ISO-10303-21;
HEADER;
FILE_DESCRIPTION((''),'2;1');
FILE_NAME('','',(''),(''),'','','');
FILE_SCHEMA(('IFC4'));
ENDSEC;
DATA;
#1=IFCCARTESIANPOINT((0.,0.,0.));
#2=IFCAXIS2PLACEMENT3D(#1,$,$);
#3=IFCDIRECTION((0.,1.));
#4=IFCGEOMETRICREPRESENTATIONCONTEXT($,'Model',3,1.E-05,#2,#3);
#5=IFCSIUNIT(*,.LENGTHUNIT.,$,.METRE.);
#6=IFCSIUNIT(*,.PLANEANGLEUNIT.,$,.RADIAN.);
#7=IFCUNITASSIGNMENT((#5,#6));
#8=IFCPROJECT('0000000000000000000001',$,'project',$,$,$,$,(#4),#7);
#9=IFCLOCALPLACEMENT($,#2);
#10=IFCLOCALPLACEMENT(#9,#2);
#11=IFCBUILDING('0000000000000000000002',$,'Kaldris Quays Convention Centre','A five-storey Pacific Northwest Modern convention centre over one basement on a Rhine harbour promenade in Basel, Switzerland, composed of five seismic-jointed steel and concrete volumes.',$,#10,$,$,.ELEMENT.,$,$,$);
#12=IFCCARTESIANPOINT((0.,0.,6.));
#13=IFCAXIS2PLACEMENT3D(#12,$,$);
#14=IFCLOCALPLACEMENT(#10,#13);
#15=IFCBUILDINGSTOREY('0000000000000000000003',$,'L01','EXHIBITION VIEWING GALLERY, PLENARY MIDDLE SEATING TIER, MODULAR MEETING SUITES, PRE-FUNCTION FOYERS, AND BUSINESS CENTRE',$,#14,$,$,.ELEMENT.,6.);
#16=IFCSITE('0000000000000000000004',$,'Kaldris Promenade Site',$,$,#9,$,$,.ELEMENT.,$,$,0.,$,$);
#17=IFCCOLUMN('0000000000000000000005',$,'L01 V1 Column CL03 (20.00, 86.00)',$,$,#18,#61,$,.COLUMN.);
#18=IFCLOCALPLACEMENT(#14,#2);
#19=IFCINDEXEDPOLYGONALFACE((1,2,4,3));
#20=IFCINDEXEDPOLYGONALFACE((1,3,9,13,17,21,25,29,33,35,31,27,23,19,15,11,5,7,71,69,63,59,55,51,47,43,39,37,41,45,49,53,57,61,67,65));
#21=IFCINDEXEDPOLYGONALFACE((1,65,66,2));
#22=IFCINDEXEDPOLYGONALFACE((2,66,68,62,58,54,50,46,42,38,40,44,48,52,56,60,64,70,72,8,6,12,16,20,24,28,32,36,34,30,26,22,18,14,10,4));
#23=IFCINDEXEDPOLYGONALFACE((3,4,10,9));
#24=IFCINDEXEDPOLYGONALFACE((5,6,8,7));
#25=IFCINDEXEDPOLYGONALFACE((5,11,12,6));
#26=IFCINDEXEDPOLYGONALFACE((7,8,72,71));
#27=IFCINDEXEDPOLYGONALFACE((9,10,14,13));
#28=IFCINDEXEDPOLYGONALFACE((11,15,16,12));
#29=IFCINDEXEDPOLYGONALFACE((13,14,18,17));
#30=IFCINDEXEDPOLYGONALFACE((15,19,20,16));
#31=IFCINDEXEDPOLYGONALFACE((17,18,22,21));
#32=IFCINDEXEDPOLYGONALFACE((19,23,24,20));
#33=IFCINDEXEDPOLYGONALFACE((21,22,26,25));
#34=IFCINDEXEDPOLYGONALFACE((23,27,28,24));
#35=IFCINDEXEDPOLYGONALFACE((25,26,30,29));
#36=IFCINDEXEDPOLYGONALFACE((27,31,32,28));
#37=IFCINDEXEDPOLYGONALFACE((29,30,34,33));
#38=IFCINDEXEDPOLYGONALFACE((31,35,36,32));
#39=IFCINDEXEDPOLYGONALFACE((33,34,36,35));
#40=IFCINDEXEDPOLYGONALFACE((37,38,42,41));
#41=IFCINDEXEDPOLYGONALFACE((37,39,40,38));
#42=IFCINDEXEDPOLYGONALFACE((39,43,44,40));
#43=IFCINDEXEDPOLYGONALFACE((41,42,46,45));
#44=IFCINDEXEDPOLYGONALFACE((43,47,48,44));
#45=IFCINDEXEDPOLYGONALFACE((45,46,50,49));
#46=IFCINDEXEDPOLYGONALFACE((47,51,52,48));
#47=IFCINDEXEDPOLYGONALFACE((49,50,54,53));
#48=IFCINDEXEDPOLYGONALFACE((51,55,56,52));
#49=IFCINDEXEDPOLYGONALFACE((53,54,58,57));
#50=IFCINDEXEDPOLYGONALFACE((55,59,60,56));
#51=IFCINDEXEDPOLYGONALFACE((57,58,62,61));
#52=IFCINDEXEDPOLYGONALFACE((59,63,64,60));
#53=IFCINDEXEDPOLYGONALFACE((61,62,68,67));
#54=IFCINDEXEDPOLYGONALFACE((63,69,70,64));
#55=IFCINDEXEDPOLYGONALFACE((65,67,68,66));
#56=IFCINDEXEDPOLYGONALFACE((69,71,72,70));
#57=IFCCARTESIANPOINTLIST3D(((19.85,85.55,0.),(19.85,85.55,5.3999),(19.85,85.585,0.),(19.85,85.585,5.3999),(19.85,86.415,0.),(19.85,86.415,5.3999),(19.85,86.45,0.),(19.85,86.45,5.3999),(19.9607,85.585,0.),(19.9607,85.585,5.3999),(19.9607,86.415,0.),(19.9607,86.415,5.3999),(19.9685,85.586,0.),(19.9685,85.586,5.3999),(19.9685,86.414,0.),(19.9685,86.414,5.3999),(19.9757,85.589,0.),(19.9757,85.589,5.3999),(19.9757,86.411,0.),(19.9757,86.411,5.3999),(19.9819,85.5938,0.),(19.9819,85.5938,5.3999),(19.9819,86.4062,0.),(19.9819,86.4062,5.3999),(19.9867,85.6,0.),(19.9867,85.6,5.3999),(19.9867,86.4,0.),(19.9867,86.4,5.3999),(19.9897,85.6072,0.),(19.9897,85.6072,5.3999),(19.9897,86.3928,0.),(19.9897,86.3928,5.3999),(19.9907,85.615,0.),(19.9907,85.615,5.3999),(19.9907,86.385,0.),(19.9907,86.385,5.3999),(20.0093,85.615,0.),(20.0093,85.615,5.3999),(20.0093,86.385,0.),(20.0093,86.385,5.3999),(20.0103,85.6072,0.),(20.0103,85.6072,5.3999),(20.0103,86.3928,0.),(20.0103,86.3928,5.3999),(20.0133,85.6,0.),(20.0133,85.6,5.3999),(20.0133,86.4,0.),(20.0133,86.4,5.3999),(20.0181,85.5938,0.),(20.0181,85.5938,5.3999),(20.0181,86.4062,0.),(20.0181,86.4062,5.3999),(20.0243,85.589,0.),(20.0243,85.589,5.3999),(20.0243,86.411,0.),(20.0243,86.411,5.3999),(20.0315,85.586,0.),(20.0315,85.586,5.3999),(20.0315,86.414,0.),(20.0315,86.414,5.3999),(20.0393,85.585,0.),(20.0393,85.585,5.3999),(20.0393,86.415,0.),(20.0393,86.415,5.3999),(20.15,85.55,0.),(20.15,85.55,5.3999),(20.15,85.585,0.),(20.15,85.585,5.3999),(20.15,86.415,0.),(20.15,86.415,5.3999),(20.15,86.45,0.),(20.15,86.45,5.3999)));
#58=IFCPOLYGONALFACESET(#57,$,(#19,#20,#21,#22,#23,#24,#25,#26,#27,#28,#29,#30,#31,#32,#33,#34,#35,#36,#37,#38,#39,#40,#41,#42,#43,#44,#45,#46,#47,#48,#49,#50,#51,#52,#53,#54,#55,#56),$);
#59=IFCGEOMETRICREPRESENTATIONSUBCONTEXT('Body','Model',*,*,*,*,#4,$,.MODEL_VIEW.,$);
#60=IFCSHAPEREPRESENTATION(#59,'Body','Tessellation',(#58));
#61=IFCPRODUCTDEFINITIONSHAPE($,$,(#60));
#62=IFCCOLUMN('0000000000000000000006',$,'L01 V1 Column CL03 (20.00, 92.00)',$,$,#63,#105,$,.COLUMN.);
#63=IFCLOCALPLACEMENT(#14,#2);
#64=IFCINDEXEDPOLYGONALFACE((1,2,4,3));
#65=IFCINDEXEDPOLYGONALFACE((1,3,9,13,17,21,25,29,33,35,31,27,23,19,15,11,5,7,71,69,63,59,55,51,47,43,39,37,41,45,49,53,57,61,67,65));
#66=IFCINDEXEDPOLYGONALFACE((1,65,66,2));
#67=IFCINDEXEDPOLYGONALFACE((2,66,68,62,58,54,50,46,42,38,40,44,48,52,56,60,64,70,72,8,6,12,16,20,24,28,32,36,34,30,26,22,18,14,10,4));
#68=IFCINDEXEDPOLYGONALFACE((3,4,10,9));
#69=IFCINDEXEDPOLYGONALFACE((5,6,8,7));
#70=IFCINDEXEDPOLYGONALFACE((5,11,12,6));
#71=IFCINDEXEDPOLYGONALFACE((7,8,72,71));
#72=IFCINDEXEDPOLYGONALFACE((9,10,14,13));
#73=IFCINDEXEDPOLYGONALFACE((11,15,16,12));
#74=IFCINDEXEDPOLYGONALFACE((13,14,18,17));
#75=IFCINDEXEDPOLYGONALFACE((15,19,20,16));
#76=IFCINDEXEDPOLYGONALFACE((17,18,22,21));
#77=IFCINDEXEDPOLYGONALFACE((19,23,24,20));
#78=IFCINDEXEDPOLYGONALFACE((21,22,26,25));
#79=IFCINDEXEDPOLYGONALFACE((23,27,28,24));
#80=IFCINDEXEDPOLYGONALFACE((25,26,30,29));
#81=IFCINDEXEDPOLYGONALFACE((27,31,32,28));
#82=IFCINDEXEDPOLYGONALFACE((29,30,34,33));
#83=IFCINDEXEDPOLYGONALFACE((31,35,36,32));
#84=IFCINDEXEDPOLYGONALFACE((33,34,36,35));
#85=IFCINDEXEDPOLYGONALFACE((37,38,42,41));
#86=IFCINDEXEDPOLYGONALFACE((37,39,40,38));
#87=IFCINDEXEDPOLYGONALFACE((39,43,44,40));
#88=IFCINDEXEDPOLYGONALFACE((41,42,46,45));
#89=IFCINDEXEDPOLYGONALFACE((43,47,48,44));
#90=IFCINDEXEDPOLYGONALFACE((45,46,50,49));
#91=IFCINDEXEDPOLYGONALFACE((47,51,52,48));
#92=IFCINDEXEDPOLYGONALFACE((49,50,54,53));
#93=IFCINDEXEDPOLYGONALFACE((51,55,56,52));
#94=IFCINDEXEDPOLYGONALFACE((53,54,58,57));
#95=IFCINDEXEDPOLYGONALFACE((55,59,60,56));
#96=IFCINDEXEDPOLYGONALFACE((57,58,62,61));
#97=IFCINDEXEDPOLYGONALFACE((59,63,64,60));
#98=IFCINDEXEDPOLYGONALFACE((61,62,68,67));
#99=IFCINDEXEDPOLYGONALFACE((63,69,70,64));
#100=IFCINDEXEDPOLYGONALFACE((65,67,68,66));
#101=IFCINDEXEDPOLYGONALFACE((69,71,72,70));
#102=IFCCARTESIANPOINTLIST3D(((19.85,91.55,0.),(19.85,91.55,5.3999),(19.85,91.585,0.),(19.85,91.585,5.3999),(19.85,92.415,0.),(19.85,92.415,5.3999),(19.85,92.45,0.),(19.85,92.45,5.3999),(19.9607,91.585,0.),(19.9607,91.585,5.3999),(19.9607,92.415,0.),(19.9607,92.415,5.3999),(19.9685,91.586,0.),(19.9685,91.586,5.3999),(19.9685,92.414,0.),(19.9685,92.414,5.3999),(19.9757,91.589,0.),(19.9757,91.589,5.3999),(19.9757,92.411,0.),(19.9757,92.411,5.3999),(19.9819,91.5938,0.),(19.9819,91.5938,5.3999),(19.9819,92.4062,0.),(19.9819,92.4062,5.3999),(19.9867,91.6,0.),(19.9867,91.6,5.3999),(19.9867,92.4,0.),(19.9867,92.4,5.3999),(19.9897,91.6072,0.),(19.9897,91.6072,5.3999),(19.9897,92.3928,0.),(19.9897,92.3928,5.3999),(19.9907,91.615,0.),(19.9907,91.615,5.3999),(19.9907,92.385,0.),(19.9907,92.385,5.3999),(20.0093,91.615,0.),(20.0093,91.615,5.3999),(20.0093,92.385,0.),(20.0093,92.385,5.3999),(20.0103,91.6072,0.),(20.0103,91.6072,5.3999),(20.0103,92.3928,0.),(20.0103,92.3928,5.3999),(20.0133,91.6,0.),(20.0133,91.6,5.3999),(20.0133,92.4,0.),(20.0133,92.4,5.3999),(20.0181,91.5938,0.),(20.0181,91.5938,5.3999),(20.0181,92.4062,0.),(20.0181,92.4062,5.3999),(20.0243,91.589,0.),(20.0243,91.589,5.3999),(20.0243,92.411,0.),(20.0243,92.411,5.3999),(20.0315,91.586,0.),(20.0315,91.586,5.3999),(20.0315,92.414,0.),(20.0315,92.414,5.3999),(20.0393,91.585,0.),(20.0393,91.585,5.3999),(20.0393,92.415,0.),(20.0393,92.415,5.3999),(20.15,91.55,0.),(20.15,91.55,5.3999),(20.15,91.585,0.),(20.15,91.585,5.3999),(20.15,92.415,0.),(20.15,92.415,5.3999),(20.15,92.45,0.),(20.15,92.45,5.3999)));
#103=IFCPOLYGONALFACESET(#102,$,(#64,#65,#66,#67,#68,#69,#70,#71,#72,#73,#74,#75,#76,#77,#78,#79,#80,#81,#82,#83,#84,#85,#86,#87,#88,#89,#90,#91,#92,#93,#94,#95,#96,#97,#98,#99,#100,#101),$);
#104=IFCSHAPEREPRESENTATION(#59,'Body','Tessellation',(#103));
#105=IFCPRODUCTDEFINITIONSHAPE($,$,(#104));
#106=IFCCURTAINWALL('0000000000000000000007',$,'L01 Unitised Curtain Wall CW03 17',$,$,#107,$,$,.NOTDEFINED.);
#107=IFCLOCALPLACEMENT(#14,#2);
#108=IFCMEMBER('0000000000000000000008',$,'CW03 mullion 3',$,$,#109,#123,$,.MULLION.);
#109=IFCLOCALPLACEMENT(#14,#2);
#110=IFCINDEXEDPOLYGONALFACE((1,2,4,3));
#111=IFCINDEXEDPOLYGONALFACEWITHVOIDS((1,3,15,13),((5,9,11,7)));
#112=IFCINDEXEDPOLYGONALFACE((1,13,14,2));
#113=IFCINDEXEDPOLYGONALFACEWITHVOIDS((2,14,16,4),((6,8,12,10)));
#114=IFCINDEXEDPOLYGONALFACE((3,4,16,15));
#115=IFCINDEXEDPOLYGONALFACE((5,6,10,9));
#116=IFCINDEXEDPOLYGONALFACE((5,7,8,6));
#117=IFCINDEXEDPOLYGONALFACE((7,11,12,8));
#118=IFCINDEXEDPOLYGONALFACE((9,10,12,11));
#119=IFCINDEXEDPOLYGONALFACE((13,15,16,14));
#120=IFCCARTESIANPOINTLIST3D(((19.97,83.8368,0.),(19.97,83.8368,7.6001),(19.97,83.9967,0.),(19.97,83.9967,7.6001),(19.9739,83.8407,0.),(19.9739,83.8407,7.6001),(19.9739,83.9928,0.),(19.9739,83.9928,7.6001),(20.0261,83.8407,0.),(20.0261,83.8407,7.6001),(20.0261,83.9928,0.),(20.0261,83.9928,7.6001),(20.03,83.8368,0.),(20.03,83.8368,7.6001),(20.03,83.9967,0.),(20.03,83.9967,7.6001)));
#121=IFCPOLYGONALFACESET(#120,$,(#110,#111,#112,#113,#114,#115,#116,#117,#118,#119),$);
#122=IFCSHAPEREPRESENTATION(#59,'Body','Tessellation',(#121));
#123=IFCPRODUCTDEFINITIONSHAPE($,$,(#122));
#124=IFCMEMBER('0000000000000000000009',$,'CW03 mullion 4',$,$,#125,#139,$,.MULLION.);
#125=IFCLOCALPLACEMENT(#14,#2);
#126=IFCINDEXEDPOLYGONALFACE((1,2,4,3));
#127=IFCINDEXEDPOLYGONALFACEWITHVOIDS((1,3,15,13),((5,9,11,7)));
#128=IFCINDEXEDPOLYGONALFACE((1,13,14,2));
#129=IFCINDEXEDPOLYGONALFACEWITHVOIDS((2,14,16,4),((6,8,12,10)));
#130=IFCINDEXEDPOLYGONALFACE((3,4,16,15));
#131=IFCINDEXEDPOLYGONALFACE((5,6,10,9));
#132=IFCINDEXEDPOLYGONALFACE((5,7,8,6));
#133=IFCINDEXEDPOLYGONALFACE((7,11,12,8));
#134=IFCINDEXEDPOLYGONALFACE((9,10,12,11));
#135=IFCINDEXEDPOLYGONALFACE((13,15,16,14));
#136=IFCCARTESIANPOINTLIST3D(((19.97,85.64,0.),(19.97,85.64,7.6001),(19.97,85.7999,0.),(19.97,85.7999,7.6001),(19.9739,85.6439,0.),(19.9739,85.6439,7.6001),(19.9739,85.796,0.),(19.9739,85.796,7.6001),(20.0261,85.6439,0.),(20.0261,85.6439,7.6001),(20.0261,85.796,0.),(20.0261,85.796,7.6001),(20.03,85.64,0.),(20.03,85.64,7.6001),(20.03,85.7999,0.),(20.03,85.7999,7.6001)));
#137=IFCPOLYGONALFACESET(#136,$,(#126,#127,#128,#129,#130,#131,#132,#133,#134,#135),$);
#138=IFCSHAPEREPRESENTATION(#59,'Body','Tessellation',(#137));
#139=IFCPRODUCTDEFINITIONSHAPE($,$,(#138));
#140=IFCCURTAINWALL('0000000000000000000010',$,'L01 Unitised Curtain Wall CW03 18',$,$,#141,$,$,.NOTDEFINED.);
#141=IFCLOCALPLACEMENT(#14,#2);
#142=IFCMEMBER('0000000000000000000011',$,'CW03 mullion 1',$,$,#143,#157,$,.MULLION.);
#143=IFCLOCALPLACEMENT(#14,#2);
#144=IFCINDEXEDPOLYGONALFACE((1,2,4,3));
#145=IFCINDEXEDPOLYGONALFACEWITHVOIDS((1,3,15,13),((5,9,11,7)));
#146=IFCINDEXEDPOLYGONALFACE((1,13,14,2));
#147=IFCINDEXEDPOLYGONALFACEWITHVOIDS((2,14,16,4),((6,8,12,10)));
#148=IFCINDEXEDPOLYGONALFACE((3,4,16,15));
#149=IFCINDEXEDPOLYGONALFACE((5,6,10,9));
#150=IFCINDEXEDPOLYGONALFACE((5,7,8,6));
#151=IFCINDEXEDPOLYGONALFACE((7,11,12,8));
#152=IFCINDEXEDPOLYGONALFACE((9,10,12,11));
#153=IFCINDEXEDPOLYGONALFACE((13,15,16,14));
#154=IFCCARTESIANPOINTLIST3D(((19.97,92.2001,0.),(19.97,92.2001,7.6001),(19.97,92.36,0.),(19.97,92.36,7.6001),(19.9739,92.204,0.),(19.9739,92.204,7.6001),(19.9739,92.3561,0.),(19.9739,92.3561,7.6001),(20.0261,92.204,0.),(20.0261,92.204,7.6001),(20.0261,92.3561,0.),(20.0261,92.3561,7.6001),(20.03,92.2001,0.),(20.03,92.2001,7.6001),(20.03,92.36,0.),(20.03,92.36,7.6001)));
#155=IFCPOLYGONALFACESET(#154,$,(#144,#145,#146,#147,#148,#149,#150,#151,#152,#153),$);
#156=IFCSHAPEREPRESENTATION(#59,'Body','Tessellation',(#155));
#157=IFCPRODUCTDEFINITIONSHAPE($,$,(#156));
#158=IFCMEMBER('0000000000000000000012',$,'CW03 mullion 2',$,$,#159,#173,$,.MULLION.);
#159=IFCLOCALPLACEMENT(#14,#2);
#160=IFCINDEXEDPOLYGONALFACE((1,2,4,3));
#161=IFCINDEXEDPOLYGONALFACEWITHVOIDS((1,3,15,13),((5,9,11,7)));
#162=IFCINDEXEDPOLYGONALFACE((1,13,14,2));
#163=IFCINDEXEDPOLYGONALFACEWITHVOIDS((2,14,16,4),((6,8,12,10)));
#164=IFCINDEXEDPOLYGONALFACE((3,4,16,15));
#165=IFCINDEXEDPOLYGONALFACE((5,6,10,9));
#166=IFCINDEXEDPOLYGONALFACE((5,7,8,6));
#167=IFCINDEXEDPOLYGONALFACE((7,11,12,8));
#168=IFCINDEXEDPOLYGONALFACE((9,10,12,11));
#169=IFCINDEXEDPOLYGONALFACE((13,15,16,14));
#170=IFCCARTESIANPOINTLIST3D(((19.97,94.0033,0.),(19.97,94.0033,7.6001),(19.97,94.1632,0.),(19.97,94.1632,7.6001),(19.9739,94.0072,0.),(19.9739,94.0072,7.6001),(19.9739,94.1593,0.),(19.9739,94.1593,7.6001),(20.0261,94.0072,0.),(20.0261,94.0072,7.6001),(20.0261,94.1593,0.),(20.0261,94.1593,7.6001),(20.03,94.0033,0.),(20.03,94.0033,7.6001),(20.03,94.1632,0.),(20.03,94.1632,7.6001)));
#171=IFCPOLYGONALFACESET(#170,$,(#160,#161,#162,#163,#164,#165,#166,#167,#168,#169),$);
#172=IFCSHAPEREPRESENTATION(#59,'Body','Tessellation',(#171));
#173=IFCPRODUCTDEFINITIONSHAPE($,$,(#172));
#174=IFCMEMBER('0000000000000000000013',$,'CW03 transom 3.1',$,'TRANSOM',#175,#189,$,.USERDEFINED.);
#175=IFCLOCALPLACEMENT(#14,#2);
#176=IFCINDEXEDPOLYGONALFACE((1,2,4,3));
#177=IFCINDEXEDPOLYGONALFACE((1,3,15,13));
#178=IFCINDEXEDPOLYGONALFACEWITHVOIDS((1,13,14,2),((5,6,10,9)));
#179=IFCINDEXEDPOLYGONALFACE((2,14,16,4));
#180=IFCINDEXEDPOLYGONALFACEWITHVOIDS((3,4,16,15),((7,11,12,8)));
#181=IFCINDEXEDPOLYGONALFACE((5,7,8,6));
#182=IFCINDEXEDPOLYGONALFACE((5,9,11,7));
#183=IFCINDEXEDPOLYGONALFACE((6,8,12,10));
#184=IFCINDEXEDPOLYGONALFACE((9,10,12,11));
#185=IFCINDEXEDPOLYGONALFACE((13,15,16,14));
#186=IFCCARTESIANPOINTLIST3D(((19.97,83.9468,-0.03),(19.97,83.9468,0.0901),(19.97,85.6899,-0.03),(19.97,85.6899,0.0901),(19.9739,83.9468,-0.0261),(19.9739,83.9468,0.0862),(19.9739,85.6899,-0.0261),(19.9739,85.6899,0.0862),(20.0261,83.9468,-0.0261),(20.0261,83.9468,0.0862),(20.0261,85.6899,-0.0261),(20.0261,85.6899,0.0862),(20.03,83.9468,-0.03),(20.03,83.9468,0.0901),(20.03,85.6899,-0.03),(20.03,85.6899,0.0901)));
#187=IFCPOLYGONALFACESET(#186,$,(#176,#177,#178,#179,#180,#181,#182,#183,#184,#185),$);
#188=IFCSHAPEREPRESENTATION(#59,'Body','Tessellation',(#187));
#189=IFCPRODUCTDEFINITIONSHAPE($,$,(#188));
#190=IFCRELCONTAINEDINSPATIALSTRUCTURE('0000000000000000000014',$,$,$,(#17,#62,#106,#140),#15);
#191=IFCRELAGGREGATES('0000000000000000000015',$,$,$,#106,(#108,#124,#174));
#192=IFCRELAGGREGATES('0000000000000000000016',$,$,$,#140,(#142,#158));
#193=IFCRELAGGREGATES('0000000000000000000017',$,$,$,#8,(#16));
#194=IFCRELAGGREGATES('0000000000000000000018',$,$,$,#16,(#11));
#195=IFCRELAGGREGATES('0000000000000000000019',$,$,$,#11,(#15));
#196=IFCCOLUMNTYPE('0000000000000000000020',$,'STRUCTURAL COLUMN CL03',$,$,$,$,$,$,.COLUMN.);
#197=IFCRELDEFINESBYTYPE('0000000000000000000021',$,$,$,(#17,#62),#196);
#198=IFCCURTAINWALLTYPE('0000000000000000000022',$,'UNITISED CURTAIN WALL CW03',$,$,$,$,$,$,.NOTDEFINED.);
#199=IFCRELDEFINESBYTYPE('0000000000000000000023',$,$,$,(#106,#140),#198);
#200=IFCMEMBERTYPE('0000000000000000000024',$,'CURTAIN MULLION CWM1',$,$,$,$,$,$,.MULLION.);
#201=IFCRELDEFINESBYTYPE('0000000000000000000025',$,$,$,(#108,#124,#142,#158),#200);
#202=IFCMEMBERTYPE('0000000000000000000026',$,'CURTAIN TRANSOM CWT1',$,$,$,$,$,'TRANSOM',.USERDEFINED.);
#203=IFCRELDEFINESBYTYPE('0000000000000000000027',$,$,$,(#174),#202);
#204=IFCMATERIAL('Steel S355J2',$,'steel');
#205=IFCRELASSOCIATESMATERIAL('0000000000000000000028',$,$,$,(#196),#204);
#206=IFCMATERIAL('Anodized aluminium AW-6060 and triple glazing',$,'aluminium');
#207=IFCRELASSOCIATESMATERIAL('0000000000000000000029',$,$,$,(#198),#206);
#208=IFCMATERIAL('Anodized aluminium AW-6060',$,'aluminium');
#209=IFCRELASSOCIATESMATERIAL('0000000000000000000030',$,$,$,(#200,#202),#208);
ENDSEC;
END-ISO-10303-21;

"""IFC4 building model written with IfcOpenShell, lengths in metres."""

from ifc_helpers import new_model, si_unit, direction, frame, origin, origin_2d, place, context, subcontext, project, spatial, hollow_rectangle, i_section, extrude, material, material_profile, profile_set, type_object, element, aggregate, save


model = new_model("IFC4")

# Units and contexts
model_context = context("Model", 3, precision=1e-05, world=origin(), true_north=direction((0.0, 1.0)))
body_context = subcontext(model_context, "Body", "Model", "MODEL_VIEW")
ifc_project = project(units=[si_unit("LENGTHUNIT", "METRE"), si_unit("PLANEANGLEUNIT", "RADIAN")], contexts=[model_context])

# Site, building, storey
site_placement = place(None, origin())
site = spatial("IfcSite", under=ifc_project, at=site_placement, Name="Kaldris Promenade Site", CompositionType="ELEMENT", RefElevation=0.0)
building_placement = place(site_placement, origin())
building = spatial("IfcBuilding", under=site, at=building_placement, Name="Kaldris Quays Convention Centre", Description="A five-storey Pacific Northwest Modern convention centre over one basement on a Rhine harbour promenade in Basel, Switzerland, composed of five seismic-jointed steel and concrete volumes.", CompositionType="ELEMENT")
storey_placement = place(building_placement, frame((0.0, 0.0, 6.0)))
storey = spatial("IfcBuildingStorey", under=building, at=storey_placement, Name="L01", Description="EXHIBITION VIEWING GALLERY, PLENARY MIDDLE SEATING TIER, MODULAR MEETING SUITES, PRE-FUNCTION FOYERS, AND BUSINESS CENTRE", CompositionType="ELEMENT", Elevation=6.0)

# Columns
ifc_material_1 = material(Name="Steel S355J2", Category="steel")
ifc_material_profile_1 = material_profile(ifc_material_1, i_section(OverallWidth=0.3, OverallDepth=0.8999, WebThickness=0.0186, FlangeThickness=0.0349, FilletRadius=0.03, at=origin_2d()), Name="HEB 900")
ifc_profile_set_1 = profile_set([ifc_material_profile_1], Name="Steel S355J2")
column_type = type_object("IfcColumnType", Name="STRUCTURAL COLUMN CL03", PredefinedType="COLUMN", material=ifc_profile_set_1)
for number, where, z_axis, x_axis, name in (
    (1, (20.0, 86.0, 0.0), (0.0, 0.0, 1.0), (1.0, 0.0, 0.0), "L01 V1 Column CL03 (20.00, 86.00)"),
    (2, (20.0, 92.0, 0.0), (0.0, 0.0, 1.0), (1.0, 0.0, 0.0), "L01 V1 Column CL03 (20.00, 92.00)"),
):
    element("IfcColumn", number, at=place(storey_placement, frame(where, z_axis=z_axis, x_axis=x_axis)), inside=storey, type_object=column_type, Name=name, PredefinedType="COLUMN", context=body_context, shape_type="SweptSolid", body=[
        extrude(i_section(OverallWidth=0.3, OverallDepth=0.8999, WebThickness=0.0186, FlangeThickness=0.0349, FilletRadius=0.03, at=origin_2d()), origin(), (0.0, 0.0, 1.0), 5.3999),
    ])

# Curtain walls, members
ifc_material_2 = material(Name="Anodized aluminium AW-6060 and triple glazing", Category="aluminium")
curtain_wall_type = type_object("IfcCurtainWallType", Name="UNITISED CURTAIN WALL CW03", PredefinedType="NOTDEFINED", material=ifc_material_2)
curtain_wall_1_placement = place(storey_placement, origin())
curtain_wall_1 = element("IfcCurtainWall", 3, at=curtain_wall_1_placement, inside=storey, type_object=curtain_wall_type, Name="L01 Unitised Curtain Wall CW03 17", PredefinedType="NOTDEFINED")
ifc_material_3 = material(Name="Anodized aluminium AW-6060", Category="aluminium")
ifc_material_profile_2 = material_profile(ifc_material_3, hollow_rectangle(XDim=0.0601, YDim=0.1599, WallThickness=0.0039, at=origin_2d()), Name="RHS 160x60x4")
ifc_profile_set_2 = profile_set([ifc_material_profile_2], Name="Anodized aluminium AW-6060")
member_type_1 = type_object("IfcMemberType", Name="CURTAIN MULLION CWM1", PredefinedType="MULLION", material=ifc_profile_set_2)
member_1_placement = place(storey_placement, frame((20.0, 83.9167, 0.0), z_axis=(0.0, 0.0, 1.0), x_axis=(-1.0, 0.0, 0.0)))
member_1 = element("IfcMember", 4, at=member_1_placement, type_object=member_type_1, Name="CW03 mullion 3", PredefinedType="MULLION", context=body_context, shape_type="SweptSolid", body=[
    extrude(hollow_rectangle(XDim=0.0601, YDim=0.1599, WallThickness=0.0039, at=origin_2d()), origin(), (0.0, 0.0, 1.0), 7.6001),
])
member_2_placement = place(storey_placement, frame((20.0, 85.72, 0.0), z_axis=(0.0, 0.0, 1.0), x_axis=(-1.0, 0.0, 0.0)))
member_2 = element("IfcMember", 5, at=member_2_placement, type_object=member_type_1, Name="CW03 mullion 4", PredefinedType="MULLION", context=body_context, shape_type="SweptSolid", body=[
    extrude(hollow_rectangle(XDim=0.0601, YDim=0.1599, WallThickness=0.0039, at=origin_2d()), origin(), (0.0, 0.0, 1.0), 7.6001),
])
curtain_wall_2_placement = place(storey_placement, origin())
curtain_wall_2 = element("IfcCurtainWall", 6, at=curtain_wall_2_placement, inside=storey, type_object=curtain_wall_type, Name="L01 Unitised Curtain Wall CW03 18", PredefinedType="NOTDEFINED")
member_3_placement = place(storey_placement, frame((20.0, 92.28, 0.0), z_axis=(0.0, 0.0, 1.0), x_axis=(-1.0, 0.0, 0.0)))
member_3 = element("IfcMember", 7, at=member_3_placement, type_object=member_type_1, Name="CW03 mullion 1", PredefinedType="MULLION", context=body_context, shape_type="SweptSolid", body=[
    extrude(hollow_rectangle(XDim=0.0601, YDim=0.1599, WallThickness=0.0039, at=origin_2d()), origin(), (0.0, 0.0, 1.0), 7.6001),
])
member_4_placement = place(storey_placement, frame((20.0, 94.0833, 0.0), z_axis=(0.0, 0.0, 1.0), x_axis=(-1.0, 0.0, 0.0)))
member_4 = element("IfcMember", 8, at=member_4_placement, type_object=member_type_1, Name="CW03 mullion 2", PredefinedType="MULLION", context=body_context, shape_type="SweptSolid", body=[
    extrude(hollow_rectangle(XDim=0.0601, YDim=0.1599, WallThickness=0.0039, at=origin_2d()), origin(), (0.0, 0.0, 1.0), 7.6001),
])

# Member
ifc_material_profile_3 = material_profile(ifc_material_3, hollow_rectangle(XDim=0.0601, YDim=0.1201, WallThickness=0.0039, at=origin_2d()), Name="RHS 120x60x4")
ifc_profile_set_3 = profile_set([ifc_material_profile_3], Name="Anodized aluminium AW-6060")
member_type_2 = type_object("IfcMemberType", Name="CURTAIN TRANSOM CWT1", ElementType="TRANSOM", PredefinedType="USERDEFINED", material=ifc_profile_set_3)
member_5_placement = place(storey_placement, frame((20.0, 83.9468, 0.03), z_axis=(0.0, 1.0, 0.0), x_axis=(-1.0, 0.0, 0.0)))
member_5 = element("IfcMember", 9, at=member_5_placement, type_object=member_type_2, Name="CW03 transom 3.1", ObjectType="TRANSOM", PredefinedType="USERDEFINED", context=body_context, shape_type="SweptSolid", body=[
    extrude(hollow_rectangle(XDim=0.0601, YDim=0.1201, WallThickness=0.0039, at=origin_2d()), origin(), (0.0, 0.0, 1.0), 1.7432),
])

aggregate(curtain_wall_1, [member_1, member_2, member_5])
aggregate(curtain_wall_2, [member_3, member_4])

save(model, "model.ifc")
